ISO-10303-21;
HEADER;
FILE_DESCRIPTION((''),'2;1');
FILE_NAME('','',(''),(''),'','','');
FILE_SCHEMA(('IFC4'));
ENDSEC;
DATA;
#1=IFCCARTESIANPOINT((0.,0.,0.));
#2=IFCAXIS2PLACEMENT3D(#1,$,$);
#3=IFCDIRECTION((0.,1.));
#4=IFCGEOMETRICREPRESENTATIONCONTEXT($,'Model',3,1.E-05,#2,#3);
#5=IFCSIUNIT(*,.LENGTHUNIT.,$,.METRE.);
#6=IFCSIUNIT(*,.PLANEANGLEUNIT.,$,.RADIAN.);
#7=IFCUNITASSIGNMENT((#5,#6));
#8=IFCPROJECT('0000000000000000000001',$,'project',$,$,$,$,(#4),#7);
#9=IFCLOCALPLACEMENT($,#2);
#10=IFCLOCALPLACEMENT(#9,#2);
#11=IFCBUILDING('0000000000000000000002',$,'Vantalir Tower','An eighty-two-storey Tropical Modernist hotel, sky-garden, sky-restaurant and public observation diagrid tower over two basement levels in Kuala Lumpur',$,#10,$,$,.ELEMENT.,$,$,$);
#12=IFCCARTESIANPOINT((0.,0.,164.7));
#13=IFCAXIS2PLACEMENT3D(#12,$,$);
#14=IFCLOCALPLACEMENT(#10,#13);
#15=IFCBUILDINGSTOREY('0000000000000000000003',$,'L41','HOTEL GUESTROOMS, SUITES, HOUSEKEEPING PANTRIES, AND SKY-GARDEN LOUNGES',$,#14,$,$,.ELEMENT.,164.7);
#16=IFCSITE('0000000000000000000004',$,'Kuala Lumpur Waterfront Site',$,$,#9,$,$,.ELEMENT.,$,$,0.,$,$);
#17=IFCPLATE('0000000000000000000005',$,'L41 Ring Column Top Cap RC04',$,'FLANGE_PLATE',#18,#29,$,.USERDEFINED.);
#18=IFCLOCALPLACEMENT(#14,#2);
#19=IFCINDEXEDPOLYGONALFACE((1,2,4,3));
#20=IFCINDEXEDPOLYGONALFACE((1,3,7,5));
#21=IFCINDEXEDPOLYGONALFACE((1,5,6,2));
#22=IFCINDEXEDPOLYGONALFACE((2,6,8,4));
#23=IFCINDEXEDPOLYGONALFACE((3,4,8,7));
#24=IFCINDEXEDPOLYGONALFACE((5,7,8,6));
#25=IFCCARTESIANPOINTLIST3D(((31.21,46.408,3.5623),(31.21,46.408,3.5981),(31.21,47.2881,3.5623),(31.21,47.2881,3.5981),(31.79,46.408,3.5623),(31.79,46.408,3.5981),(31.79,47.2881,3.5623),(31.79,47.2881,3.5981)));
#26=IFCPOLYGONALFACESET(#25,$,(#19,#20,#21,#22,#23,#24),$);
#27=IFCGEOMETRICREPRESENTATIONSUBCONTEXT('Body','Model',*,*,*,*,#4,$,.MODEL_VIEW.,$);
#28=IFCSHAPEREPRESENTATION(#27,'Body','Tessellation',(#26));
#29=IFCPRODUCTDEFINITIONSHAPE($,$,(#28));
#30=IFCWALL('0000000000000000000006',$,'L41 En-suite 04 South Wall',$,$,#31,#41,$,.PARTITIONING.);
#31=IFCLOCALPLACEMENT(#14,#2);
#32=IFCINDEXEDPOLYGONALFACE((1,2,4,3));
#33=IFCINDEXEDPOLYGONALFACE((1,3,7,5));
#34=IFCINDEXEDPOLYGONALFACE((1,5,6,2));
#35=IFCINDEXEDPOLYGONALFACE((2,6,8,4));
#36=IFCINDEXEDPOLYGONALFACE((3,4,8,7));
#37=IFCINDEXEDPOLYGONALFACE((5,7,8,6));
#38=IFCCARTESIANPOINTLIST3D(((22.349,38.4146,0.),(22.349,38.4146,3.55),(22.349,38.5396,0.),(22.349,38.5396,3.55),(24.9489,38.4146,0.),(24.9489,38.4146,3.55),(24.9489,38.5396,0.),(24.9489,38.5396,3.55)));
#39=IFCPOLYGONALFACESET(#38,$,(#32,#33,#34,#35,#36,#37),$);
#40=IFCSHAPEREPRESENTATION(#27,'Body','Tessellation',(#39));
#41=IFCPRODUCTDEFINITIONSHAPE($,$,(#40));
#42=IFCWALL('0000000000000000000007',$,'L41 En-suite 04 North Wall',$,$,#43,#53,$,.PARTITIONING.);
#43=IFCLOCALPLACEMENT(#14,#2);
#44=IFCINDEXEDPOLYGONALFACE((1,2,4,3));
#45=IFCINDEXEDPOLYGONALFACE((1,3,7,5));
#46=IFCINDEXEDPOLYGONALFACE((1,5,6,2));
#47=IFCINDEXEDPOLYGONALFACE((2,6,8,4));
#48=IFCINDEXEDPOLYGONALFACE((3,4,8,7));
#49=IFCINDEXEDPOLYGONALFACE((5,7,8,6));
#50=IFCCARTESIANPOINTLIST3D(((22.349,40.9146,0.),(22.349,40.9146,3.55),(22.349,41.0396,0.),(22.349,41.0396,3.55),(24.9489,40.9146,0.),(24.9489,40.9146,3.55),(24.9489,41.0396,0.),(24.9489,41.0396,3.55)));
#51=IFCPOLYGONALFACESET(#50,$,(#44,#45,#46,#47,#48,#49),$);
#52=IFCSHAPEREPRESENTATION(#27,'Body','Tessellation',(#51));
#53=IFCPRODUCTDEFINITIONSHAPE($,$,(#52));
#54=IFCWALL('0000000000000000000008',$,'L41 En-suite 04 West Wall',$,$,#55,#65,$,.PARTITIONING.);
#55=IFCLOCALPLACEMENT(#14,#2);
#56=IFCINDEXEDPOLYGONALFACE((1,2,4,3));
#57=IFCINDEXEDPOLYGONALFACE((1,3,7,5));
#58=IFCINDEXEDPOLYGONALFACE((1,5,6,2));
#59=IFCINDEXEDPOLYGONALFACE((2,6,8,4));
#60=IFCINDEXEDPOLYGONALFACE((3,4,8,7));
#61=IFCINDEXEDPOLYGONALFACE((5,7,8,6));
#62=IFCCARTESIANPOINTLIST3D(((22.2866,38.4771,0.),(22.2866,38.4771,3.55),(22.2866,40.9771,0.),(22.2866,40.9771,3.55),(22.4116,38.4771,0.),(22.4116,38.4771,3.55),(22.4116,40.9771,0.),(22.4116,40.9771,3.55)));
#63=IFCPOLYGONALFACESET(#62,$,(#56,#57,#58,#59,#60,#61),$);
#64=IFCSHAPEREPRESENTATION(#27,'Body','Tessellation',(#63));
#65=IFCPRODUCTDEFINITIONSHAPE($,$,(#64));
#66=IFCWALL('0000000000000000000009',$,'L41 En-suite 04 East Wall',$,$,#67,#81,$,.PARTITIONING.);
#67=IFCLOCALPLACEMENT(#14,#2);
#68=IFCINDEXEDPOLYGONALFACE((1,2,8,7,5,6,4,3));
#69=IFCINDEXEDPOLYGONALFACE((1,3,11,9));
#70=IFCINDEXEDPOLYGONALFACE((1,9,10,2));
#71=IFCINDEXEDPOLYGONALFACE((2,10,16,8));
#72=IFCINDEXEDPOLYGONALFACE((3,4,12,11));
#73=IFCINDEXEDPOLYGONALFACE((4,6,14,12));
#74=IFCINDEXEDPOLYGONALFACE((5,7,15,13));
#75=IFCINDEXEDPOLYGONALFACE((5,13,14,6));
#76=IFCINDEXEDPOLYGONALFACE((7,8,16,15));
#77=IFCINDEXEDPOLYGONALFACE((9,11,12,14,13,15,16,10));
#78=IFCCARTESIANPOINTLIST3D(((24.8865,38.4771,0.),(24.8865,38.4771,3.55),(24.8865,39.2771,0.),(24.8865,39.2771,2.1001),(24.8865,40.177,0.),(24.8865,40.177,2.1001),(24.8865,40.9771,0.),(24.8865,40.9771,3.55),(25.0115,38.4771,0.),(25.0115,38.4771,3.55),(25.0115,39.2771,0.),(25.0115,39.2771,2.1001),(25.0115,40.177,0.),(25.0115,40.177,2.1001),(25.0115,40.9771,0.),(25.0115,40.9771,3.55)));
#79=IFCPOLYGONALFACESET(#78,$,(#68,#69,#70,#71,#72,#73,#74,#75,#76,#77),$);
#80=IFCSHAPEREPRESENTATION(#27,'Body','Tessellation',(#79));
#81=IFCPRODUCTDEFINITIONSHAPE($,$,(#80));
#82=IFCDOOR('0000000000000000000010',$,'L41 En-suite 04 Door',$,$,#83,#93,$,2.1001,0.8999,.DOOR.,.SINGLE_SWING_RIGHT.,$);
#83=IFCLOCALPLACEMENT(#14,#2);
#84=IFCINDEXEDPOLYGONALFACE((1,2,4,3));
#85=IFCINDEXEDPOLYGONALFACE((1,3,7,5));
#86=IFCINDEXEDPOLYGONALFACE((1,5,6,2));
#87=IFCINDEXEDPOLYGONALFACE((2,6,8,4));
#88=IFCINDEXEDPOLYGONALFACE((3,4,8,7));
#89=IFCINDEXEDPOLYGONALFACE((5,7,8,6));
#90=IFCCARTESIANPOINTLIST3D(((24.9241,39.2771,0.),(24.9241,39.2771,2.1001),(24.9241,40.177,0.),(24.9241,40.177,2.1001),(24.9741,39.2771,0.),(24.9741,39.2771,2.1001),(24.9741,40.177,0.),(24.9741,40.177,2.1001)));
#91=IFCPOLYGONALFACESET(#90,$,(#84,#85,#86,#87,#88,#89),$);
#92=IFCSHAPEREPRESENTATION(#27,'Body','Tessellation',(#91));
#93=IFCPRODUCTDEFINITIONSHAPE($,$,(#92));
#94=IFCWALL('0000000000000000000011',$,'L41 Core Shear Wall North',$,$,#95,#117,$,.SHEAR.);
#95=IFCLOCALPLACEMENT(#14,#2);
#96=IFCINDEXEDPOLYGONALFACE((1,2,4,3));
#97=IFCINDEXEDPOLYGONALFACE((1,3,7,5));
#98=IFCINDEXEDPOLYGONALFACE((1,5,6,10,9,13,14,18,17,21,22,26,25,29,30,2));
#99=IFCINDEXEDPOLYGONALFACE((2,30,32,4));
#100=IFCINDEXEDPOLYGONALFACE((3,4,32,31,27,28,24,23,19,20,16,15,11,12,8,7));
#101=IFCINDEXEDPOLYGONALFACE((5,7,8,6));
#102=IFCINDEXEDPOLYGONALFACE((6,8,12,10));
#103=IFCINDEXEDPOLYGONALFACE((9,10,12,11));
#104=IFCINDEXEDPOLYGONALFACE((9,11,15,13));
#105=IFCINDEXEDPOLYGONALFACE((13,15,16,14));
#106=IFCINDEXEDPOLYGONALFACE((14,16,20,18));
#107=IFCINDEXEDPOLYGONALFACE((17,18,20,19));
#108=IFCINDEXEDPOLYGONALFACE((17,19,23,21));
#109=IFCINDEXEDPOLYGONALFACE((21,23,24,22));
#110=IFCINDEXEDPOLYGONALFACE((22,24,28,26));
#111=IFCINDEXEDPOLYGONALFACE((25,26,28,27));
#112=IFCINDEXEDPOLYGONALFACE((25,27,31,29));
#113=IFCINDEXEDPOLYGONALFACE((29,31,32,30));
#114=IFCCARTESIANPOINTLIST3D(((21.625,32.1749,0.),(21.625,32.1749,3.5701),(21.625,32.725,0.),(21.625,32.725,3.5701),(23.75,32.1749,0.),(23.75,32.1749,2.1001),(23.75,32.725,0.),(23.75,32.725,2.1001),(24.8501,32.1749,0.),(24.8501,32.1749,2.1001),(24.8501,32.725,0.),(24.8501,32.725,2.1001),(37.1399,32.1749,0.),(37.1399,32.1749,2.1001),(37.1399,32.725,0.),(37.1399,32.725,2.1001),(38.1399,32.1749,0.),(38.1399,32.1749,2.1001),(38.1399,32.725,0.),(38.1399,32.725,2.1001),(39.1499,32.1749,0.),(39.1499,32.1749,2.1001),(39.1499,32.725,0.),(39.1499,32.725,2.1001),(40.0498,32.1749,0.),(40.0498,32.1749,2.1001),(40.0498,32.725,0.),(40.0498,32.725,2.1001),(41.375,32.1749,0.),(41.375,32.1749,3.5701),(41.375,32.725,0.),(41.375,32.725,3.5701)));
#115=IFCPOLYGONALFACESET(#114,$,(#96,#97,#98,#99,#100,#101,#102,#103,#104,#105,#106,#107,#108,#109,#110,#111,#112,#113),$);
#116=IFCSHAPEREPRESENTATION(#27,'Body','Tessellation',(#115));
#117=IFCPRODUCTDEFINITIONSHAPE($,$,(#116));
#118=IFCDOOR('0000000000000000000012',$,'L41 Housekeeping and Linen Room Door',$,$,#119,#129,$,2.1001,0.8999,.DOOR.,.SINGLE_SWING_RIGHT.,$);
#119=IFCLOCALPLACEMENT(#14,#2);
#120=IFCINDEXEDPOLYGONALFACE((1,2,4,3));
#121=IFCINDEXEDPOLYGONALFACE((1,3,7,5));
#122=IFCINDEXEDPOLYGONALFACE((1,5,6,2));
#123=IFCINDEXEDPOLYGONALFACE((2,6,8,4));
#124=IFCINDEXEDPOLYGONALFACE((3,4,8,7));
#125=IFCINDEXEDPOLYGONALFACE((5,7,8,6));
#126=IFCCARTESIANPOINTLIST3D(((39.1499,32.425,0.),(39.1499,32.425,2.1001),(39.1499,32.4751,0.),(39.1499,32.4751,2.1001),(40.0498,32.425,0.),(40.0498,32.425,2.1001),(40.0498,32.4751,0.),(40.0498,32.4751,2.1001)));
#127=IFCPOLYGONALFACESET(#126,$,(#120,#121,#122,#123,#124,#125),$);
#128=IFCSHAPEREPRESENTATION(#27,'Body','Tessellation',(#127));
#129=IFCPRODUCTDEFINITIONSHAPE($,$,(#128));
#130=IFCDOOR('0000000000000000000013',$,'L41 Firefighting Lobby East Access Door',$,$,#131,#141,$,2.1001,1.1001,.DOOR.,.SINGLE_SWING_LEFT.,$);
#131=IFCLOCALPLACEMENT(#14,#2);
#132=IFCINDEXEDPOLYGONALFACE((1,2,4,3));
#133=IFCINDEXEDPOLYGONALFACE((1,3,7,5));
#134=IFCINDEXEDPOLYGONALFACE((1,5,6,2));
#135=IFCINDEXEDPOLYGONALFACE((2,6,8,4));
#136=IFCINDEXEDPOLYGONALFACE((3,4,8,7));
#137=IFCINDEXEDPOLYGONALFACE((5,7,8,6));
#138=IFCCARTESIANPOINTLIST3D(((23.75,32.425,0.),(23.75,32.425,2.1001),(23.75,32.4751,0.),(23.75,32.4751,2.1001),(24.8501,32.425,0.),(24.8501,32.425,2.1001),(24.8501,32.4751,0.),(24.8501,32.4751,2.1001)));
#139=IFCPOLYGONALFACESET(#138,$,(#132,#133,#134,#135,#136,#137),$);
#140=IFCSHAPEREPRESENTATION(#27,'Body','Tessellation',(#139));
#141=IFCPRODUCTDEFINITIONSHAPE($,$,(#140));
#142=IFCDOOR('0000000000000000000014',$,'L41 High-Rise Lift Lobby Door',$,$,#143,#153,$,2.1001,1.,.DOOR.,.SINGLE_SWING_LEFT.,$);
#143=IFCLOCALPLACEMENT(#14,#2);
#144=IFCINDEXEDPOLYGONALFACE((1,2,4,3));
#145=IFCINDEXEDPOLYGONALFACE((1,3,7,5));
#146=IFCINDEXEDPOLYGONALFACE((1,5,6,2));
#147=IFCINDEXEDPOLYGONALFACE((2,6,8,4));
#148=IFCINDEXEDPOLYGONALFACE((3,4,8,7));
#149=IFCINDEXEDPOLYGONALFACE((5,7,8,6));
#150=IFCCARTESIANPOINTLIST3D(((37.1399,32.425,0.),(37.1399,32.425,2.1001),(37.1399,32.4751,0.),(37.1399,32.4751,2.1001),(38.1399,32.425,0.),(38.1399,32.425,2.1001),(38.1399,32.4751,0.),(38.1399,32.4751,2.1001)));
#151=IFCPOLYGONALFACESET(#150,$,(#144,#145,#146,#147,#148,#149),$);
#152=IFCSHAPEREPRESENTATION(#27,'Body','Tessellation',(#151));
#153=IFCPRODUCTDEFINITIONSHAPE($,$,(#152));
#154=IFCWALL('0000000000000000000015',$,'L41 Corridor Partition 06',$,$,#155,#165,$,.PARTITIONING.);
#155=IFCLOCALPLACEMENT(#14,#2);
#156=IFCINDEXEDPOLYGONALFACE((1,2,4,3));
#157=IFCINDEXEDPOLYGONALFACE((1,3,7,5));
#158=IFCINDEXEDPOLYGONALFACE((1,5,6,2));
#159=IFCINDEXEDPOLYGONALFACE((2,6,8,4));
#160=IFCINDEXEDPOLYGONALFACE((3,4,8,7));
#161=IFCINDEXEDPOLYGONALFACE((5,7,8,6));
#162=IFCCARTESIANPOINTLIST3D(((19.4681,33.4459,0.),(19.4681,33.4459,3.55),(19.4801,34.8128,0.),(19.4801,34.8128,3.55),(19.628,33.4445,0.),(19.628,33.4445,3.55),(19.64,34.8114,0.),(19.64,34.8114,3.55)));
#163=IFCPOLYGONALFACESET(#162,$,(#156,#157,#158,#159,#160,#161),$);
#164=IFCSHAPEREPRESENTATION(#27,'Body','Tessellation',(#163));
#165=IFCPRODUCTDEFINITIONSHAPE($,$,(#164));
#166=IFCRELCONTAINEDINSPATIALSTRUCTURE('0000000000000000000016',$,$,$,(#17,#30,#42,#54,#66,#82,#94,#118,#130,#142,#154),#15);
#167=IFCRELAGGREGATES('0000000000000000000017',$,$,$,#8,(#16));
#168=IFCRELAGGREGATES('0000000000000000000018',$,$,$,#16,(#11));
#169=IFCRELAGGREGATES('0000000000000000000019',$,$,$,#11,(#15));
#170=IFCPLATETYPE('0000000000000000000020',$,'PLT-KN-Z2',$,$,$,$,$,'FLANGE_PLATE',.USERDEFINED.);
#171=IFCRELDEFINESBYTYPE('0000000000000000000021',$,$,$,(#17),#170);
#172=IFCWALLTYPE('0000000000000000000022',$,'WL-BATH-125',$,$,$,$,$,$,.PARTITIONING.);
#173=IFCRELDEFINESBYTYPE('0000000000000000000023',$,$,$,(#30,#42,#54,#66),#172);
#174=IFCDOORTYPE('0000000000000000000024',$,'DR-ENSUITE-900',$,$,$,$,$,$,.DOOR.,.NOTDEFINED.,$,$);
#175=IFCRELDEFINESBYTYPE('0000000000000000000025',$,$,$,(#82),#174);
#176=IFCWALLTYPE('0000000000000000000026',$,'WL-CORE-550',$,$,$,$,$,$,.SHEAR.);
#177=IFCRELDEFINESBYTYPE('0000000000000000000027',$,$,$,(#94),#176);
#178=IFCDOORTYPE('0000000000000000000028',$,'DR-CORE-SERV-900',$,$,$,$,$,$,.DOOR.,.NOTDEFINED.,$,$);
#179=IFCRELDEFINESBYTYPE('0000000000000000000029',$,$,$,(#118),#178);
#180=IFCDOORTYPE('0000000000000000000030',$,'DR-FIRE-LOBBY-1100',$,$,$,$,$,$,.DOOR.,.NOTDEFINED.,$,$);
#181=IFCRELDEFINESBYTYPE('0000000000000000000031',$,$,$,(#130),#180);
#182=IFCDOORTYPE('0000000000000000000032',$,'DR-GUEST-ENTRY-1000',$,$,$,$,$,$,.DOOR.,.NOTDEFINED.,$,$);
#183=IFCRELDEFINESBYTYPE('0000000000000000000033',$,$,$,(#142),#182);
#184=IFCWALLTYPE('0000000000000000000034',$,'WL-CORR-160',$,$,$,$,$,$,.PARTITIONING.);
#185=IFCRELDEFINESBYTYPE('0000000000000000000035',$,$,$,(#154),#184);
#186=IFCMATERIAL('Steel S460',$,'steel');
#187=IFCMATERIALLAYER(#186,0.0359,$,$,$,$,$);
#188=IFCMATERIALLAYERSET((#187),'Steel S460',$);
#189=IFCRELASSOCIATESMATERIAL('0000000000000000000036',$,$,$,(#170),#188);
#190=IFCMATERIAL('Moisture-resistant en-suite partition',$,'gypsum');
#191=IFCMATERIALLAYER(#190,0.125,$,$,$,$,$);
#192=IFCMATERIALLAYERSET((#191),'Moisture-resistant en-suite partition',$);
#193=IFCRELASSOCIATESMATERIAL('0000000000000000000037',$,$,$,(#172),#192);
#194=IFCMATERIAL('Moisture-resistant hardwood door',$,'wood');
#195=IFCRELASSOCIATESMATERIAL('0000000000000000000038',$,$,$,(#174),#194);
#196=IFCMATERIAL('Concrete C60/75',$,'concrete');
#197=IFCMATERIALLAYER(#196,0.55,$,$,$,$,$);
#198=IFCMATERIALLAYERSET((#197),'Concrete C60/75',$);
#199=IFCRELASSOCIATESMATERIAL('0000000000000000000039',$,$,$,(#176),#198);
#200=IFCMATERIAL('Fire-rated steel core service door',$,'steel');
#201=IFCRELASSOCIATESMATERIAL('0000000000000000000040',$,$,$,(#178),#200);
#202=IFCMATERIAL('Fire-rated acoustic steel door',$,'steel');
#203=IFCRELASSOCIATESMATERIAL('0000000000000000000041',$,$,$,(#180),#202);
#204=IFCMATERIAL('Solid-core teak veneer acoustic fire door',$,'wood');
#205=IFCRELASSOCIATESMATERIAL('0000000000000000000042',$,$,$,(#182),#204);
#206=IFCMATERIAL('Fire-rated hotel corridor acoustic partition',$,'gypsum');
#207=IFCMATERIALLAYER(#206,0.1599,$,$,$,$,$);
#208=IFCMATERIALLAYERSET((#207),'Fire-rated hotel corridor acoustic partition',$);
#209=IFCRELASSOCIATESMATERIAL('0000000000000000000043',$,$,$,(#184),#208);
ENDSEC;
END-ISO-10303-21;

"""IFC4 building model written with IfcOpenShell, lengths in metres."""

from ifc_helpers import new_model, si_unit, direction, frame, frame_2d, origin, place, context, subcontext, project, spatial, polyline, rectangle, outline, extrude, material, layer, layer_set, type_object, element, fill, save


model = new_model("IFC4")

# Units and contexts
model_context = context("Model", 3, precision=1e-05, world=origin(), true_north=direction((0.0, 1.0)))
body_context = subcontext(model_context, "Body", "Model", "MODEL_VIEW")
ifc_project = project(units=[si_unit("LENGTHUNIT", "METRE"), si_unit("PLANEANGLEUNIT", "RADIAN")], contexts=[model_context])

# Site, building, storey
site_placement = place(None, origin())
site = spatial("IfcSite", under=ifc_project, at=site_placement, Name="Kuala Lumpur Waterfront Site", CompositionType="ELEMENT", RefElevation=0.0)
building_placement = place(site_placement, origin())
building = spatial("IfcBuilding", under=site, at=building_placement, Name="Vantalir Tower", Description="An eighty-two-storey Tropical Modernist hotel, sky-garden, sky-restaurant and public observation diagrid tower over two basement levels in Kuala Lumpur", CompositionType="ELEMENT")
storey_placement = place(building_placement, frame((0.0, 0.0, 164.7)))
storey = spatial("IfcBuildingStorey", under=building, at=storey_placement, Name="L41", Description="HOTEL GUESTROOMS, SUITES, HOUSEKEEPING PANTRIES, AND SKY-GARDEN LOUNGES", CompositionType="ELEMENT", Elevation=164.7)

# Shared definitions
ifc_material_1 = material(Name="Concrete C60/75", Category="concrete")

# Plate
ifc_material_2 = material(Name="Steel S460", Category="steel")
ifc_layer_1 = layer(ifc_material_2, 0.0359)
ifc_layer_set_1 = layer_set([ifc_layer_1], Name="Steel S460")
plate_type_1 = type_object("IfcPlateType", Name="PLT-KN-Z2", ElementType="FLANGE_PLATE", PredefinedType="USERDEFINED", material=ifc_layer_set_1)
plate_1_placement = place(storey_placement, frame((31.21, 47.2881, 3.5981), z_axis=(0.0, 0.0, 1.0), x_axis=(0.0, -1.0, 0.0)))
element("IfcPlate", 1, at=plate_1_placement, inside=storey, type_object=plate_type_1, Name="L41 Ring Column Top Cap RC04", ObjectType="FLANGE_PLATE", PredefinedType="USERDEFINED", context=body_context, shape_type="SweptSolid", body=[
    extrude(outline(polyline([(0.0, 0.0), (0.8801, 0.0), (0.8801, 0.5801), (0.0, 0.5801), (0.0, 0.0)])), origin(), (0.0, 0.0, -1.0), 0.0359),
])

# Walls
ifc_material_3 = material(Name="Moisture-resistant en-suite partition", Category="gypsum")
ifc_layer_2 = layer(ifc_material_3, 0.125)
ifc_layer_set_2 = layer_set([ifc_layer_2], Name="Moisture-resistant en-suite partition")
wall_type_1 = type_object("IfcWallType", Name="WL-BATH-125", PredefinedType="PARTITIONING", material=ifc_layer_set_2)
for number, where, z_axis, x_axis, name in (
    (2, (22.3491, 38.4771, 0.0), (0.0, 0.0, 1.0), (1.0, 0.0, 0.0), "L41 En-suite 04 South Wall"),
    (3, (22.3491, 40.9771, 0.0), (0.0, 0.0, 1.0), (1.0, 0.0, 0.0), "L41 En-suite 04 North Wall"),
):
    element("IfcWall", number, at=place(storey_placement, frame(where, z_axis=z_axis, x_axis=x_axis)), inside=storey, type_object=wall_type_1, Name=name, PredefinedType="PARTITIONING", context=body_context, shape_type="SweptSolid", body=[
        extrude(rectangle(XDim=2.5999, YDim=0.125, at=frame_2d((1.2998, 0.0))), origin(), (0.0, 0.0, 1.0), 3.55),
    ])
wall_1_placement = place(storey_placement, frame((22.3491, 38.4771, 0.0), z_axis=(0.0, 0.0, 1.0), x_axis=(0.0, 1.0, 0.0)))
element("IfcWall", 4, at=wall_1_placement, inside=storey, type_object=wall_type_1, Name="L41 En-suite 04 West Wall", PredefinedType="PARTITIONING", context=body_context, shape_type="SweptSolid", body=[
    extrude(rectangle(XDim=2.5, YDim=0.125, at=frame_2d((1.25, 0.0))), origin(), (0.0, 0.0, 1.0), 3.55),
])

# Wall, opening, door
wall_2_placement = place(storey_placement, frame((24.949, 38.4771, 0.0), z_axis=(0.0, 0.0, 1.0), x_axis=(0.0, 1.0, 0.0)))
wall_2 = element("IfcWall", 5, at=wall_2_placement, inside=storey, type_object=wall_type_1, Name="L41 En-suite 04 East Wall", PredefinedType="PARTITIONING", context=body_context, shape_type="SweptSolid", body=[
    extrude(rectangle(XDim=2.5, YDim=0.125, at=frame_2d((1.25, 0.0))), origin(), (0.0, 0.0, 1.0), 3.55),
])
opening_1_placement = place(wall_2_placement, frame((0.8, 0.0, 0.0)))
opening_1 = element("IfcOpeningElement", 6, at=opening_1_placement, cuts=wall_2, PredefinedType="OPENING", context=body_context, shape_type="SweptSolid", body=[
    extrude(rectangle(XDim=0.8999, YDim=2.1001, at=frame_2d((0.45, 1.05))), frame((0.0, 0.0725, 0.0), z_axis=(0.0, -1.0, 0.0), x_axis=(1.0, 0.0, 0.0)), (0.0, 0.0, 1.0), 0.145),
])
ifc_material_4 = material(Name="Moisture-resistant hardwood door", Category="wood")
door_type_1 = type_object("IfcDoorType", Name="DR-ENSUITE-900", OperationType="NOTDEFINED", PredefinedType="DOOR", material=ifc_material_4)
door_1_placement = place(opening_1_placement, origin())
door_1 = element("IfcDoor", 7, at=door_1_placement, inside=storey, type_object=door_type_1, Name="L41 En-suite 04 Door", OperationType="SINGLE_SWING_RIGHT", OverallHeight=2.1001, OverallWidth=0.8999, PredefinedType="DOOR", context=body_context, shape_type="SweptSolid", body=[
    extrude(rectangle(XDim=0.8999, YDim=2.1001, at=frame_2d((0.45, 1.05))), frame((0.0, 0.0249, 0.0), z_axis=(0.0, -1.0, 0.0), x_axis=(1.0, 0.0, 0.0)), (0.0, 0.0, 1.0), 0.05),
])
fill(opening_1, door_1)

# Wall, openings, doors
ifc_layer_3 = layer(ifc_material_1, 0.55)
ifc_layer_set_3 = layer_set([ifc_layer_3], Name="Concrete C60/75")
wall_type_2 = type_object("IfcWallType", Name="WL-CORE-550", PredefinedType="SHEAR", material=ifc_layer_set_3)
wall_3_placement = place(storey_placement, frame((21.625, 32.45, 0.0), z_axis=(0.0, 0.0, 1.0), x_axis=(1.0, 0.0, 0.0)))
wall_3 = element("IfcWall", 8, at=wall_3_placement, inside=storey, type_object=wall_type_2, Name="L41 Core Shear Wall North", PredefinedType="SHEAR", context=body_context, shape_type="SweptSolid", body=[
    extrude(rectangle(XDim=19.75, YDim=0.55, at=frame_2d((9.875, 0.0))), origin(), (0.0, 0.0, 1.0), 3.5701),
])
opening_2_placement = place(wall_3_placement, frame((2.125, 0.0, 0.0)))
opening_2 = element("IfcOpeningElement", 9, at=opening_2_placement, cuts=wall_3, PredefinedType="OPENING", context=body_context, shape_type="SweptSolid", body=[
    extrude(rectangle(XDim=1.1001, YDim=2.1001, at=frame_2d((0.55, 1.05))), frame((0.0, 0.2849, 0.0), z_axis=(0.0, -1.0, 0.0), x_axis=(1.0, 0.0, 0.0)), (0.0, 0.0, 1.0), 0.5701),
])
opening_3_placement = place(wall_3_placement, frame((15.5149, 0.0, 0.0)))
opening_3 = element("IfcOpeningElement", 10, at=opening_3_placement, cuts=wall_3, PredefinedType="OPENING", context=body_context, shape_type="SweptSolid", body=[
    extrude(rectangle(XDim=1.0, YDim=2.1001, at=frame_2d((0.5, 1.05))), frame((0.0, 0.2849, 0.0), z_axis=(0.0, -1.0, 0.0), x_axis=(1.0, 0.0, 0.0)), (0.0, 0.0, 1.0), 0.5701),
])
opening_4_placement = place(wall_3_placement, frame((17.5249, 0.0, 0.0)))
opening_4 = element("IfcOpeningElement", 11, at=opening_4_placement, cuts=wall_3, PredefinedType="OPENING", context=body_context, shape_type="SweptSolid", body=[
    extrude(rectangle(XDim=0.8999, YDim=2.1001, at=frame_2d((0.45, 1.05))), frame((0.0, 0.2849, 0.0), z_axis=(0.0, -1.0, 0.0), x_axis=(1.0, 0.0, 0.0)), (0.0, 0.0, 1.0), 0.5701),
])
ifc_material_5 = material(Name="Fire-rated steel core service door", Category="steel")
door_type_2 = type_object("IfcDoorType", Name="DR-CORE-SERV-900", OperationType="NOTDEFINED", PredefinedType="DOOR", material=ifc_material_5)
door_2_placement = place(opening_4_placement, frame((0.8999, 0.0, 0.0), z_axis=(0.0, 0.0, 1.0), x_axis=(-1.0, 0.0, 0.0)))
door_2 = element("IfcDoor", 12, at=door_2_placement, inside=storey, type_object=door_type_2, Name="L41 Housekeeping and Linen Room Door", OperationType="SINGLE_SWING_RIGHT", OverallHeight=2.1001, OverallWidth=0.8999, PredefinedType="DOOR", context=body_context, shape_type="SweptSolid", body=[
    extrude(rectangle(XDim=0.8999, YDim=2.1001, at=frame_2d((0.45, 1.05))), frame((0.0, 0.0249, 0.0), z_axis=(0.0, -1.0, 0.0), x_axis=(1.0, 0.0, 0.0)), (0.0, 0.0, 1.0), 0.05),
])
fill(opening_4, door_2)
ifc_material_6 = material(Name="Fire-rated acoustic steel door", Category="steel")
door_type_3 = type_object("IfcDoorType", Name="DR-FIRE-LOBBY-1100", OperationType="NOTDEFINED", PredefinedType="DOOR", material=ifc_material_6)
door_3_placement = place(opening_2_placement, frame((1.1001, 0.0, 0.0), z_axis=(0.0, 0.0, 1.0), x_axis=(-1.0, 0.0, 0.0)))
door_3 = element("IfcDoor", 13, at=door_3_placement, inside=storey, type_object=door_type_3, Name="L41 Firefighting Lobby East Access Door", OperationType="SINGLE_SWING_LEFT", OverallHeight=2.1001, OverallWidth=1.1001, PredefinedType="DOOR", context=body_context, shape_type="SweptSolid", body=[
    extrude(rectangle(XDim=1.1001, YDim=2.1001, at=frame_2d((0.55, 1.05))), frame((0.0, 0.0249, 0.0), z_axis=(0.0, -1.0, 0.0), x_axis=(1.0, 0.0, 0.0)), (0.0, 0.0, 1.0), 0.05),
])
fill(opening_2, door_3)
ifc_material_7 = material(Name="Solid-core teak veneer acoustic fire door", Category="wood")
door_type_4 = type_object("IfcDoorType", Name="DR-GUEST-ENTRY-1000", OperationType="NOTDEFINED", PredefinedType="DOOR", material=ifc_material_7)
door_4_placement = place(opening_3_placement, frame((1.0, 0.0, 0.0), z_axis=(0.0, 0.0, 1.0), x_axis=(-1.0, 0.0, 0.0)))
door_4 = element("IfcDoor", 14, at=door_4_placement, inside=storey, type_object=door_type_4, Name="L41 High-Rise Lift Lobby Door", OperationType="SINGLE_SWING_LEFT", OverallHeight=2.1001, OverallWidth=1.0, PredefinedType="DOOR", context=body_context, shape_type="SweptSolid", body=[
    extrude(rectangle(XDim=1.0, YDim=2.1001, at=frame_2d((0.5, 1.05))), frame((0.0, 0.0249, 0.0), z_axis=(0.0, -1.0, 0.0), x_axis=(1.0, 0.0, 0.0)), (0.0, 0.0, 1.0), 0.05),
])
fill(opening_3, door_4)

# Wall
ifc_material_8 = material(Name="Fire-rated hotel corridor acoustic partition", Category="gypsum")
ifc_layer_4 = layer(ifc_material_8, 0.1599)
ifc_layer_set_4 = layer_set([ifc_layer_4], Name="Fire-rated hotel corridor acoustic partition")
wall_type_3 = type_object("IfcWallType", Name="WL-CORR-160", PredefinedType="PARTITIONING", material=ifc_layer_set_4)
wall_4_placement = place(storey_placement, frame((19.5481, 33.4451, 0.0), z_axis=(0.0, 0.0, 1.0), x_axis=(0.008751, 0.999962, 0.0)))
element("IfcWall", 15, at=wall_4_placement, inside=storey, type_object=wall_type_3, Name="L41 Corridor Partition 06", PredefinedType="PARTITIONING", context=body_context, shape_type="SweptSolid", body=[
    extrude(rectangle(XDim=1.3669, YDim=0.1599, at=frame_2d((0.6836, 0.0))), origin(), (0.0, 0.0, 1.0), 3.55),
])

save(model, "model.ifc")
